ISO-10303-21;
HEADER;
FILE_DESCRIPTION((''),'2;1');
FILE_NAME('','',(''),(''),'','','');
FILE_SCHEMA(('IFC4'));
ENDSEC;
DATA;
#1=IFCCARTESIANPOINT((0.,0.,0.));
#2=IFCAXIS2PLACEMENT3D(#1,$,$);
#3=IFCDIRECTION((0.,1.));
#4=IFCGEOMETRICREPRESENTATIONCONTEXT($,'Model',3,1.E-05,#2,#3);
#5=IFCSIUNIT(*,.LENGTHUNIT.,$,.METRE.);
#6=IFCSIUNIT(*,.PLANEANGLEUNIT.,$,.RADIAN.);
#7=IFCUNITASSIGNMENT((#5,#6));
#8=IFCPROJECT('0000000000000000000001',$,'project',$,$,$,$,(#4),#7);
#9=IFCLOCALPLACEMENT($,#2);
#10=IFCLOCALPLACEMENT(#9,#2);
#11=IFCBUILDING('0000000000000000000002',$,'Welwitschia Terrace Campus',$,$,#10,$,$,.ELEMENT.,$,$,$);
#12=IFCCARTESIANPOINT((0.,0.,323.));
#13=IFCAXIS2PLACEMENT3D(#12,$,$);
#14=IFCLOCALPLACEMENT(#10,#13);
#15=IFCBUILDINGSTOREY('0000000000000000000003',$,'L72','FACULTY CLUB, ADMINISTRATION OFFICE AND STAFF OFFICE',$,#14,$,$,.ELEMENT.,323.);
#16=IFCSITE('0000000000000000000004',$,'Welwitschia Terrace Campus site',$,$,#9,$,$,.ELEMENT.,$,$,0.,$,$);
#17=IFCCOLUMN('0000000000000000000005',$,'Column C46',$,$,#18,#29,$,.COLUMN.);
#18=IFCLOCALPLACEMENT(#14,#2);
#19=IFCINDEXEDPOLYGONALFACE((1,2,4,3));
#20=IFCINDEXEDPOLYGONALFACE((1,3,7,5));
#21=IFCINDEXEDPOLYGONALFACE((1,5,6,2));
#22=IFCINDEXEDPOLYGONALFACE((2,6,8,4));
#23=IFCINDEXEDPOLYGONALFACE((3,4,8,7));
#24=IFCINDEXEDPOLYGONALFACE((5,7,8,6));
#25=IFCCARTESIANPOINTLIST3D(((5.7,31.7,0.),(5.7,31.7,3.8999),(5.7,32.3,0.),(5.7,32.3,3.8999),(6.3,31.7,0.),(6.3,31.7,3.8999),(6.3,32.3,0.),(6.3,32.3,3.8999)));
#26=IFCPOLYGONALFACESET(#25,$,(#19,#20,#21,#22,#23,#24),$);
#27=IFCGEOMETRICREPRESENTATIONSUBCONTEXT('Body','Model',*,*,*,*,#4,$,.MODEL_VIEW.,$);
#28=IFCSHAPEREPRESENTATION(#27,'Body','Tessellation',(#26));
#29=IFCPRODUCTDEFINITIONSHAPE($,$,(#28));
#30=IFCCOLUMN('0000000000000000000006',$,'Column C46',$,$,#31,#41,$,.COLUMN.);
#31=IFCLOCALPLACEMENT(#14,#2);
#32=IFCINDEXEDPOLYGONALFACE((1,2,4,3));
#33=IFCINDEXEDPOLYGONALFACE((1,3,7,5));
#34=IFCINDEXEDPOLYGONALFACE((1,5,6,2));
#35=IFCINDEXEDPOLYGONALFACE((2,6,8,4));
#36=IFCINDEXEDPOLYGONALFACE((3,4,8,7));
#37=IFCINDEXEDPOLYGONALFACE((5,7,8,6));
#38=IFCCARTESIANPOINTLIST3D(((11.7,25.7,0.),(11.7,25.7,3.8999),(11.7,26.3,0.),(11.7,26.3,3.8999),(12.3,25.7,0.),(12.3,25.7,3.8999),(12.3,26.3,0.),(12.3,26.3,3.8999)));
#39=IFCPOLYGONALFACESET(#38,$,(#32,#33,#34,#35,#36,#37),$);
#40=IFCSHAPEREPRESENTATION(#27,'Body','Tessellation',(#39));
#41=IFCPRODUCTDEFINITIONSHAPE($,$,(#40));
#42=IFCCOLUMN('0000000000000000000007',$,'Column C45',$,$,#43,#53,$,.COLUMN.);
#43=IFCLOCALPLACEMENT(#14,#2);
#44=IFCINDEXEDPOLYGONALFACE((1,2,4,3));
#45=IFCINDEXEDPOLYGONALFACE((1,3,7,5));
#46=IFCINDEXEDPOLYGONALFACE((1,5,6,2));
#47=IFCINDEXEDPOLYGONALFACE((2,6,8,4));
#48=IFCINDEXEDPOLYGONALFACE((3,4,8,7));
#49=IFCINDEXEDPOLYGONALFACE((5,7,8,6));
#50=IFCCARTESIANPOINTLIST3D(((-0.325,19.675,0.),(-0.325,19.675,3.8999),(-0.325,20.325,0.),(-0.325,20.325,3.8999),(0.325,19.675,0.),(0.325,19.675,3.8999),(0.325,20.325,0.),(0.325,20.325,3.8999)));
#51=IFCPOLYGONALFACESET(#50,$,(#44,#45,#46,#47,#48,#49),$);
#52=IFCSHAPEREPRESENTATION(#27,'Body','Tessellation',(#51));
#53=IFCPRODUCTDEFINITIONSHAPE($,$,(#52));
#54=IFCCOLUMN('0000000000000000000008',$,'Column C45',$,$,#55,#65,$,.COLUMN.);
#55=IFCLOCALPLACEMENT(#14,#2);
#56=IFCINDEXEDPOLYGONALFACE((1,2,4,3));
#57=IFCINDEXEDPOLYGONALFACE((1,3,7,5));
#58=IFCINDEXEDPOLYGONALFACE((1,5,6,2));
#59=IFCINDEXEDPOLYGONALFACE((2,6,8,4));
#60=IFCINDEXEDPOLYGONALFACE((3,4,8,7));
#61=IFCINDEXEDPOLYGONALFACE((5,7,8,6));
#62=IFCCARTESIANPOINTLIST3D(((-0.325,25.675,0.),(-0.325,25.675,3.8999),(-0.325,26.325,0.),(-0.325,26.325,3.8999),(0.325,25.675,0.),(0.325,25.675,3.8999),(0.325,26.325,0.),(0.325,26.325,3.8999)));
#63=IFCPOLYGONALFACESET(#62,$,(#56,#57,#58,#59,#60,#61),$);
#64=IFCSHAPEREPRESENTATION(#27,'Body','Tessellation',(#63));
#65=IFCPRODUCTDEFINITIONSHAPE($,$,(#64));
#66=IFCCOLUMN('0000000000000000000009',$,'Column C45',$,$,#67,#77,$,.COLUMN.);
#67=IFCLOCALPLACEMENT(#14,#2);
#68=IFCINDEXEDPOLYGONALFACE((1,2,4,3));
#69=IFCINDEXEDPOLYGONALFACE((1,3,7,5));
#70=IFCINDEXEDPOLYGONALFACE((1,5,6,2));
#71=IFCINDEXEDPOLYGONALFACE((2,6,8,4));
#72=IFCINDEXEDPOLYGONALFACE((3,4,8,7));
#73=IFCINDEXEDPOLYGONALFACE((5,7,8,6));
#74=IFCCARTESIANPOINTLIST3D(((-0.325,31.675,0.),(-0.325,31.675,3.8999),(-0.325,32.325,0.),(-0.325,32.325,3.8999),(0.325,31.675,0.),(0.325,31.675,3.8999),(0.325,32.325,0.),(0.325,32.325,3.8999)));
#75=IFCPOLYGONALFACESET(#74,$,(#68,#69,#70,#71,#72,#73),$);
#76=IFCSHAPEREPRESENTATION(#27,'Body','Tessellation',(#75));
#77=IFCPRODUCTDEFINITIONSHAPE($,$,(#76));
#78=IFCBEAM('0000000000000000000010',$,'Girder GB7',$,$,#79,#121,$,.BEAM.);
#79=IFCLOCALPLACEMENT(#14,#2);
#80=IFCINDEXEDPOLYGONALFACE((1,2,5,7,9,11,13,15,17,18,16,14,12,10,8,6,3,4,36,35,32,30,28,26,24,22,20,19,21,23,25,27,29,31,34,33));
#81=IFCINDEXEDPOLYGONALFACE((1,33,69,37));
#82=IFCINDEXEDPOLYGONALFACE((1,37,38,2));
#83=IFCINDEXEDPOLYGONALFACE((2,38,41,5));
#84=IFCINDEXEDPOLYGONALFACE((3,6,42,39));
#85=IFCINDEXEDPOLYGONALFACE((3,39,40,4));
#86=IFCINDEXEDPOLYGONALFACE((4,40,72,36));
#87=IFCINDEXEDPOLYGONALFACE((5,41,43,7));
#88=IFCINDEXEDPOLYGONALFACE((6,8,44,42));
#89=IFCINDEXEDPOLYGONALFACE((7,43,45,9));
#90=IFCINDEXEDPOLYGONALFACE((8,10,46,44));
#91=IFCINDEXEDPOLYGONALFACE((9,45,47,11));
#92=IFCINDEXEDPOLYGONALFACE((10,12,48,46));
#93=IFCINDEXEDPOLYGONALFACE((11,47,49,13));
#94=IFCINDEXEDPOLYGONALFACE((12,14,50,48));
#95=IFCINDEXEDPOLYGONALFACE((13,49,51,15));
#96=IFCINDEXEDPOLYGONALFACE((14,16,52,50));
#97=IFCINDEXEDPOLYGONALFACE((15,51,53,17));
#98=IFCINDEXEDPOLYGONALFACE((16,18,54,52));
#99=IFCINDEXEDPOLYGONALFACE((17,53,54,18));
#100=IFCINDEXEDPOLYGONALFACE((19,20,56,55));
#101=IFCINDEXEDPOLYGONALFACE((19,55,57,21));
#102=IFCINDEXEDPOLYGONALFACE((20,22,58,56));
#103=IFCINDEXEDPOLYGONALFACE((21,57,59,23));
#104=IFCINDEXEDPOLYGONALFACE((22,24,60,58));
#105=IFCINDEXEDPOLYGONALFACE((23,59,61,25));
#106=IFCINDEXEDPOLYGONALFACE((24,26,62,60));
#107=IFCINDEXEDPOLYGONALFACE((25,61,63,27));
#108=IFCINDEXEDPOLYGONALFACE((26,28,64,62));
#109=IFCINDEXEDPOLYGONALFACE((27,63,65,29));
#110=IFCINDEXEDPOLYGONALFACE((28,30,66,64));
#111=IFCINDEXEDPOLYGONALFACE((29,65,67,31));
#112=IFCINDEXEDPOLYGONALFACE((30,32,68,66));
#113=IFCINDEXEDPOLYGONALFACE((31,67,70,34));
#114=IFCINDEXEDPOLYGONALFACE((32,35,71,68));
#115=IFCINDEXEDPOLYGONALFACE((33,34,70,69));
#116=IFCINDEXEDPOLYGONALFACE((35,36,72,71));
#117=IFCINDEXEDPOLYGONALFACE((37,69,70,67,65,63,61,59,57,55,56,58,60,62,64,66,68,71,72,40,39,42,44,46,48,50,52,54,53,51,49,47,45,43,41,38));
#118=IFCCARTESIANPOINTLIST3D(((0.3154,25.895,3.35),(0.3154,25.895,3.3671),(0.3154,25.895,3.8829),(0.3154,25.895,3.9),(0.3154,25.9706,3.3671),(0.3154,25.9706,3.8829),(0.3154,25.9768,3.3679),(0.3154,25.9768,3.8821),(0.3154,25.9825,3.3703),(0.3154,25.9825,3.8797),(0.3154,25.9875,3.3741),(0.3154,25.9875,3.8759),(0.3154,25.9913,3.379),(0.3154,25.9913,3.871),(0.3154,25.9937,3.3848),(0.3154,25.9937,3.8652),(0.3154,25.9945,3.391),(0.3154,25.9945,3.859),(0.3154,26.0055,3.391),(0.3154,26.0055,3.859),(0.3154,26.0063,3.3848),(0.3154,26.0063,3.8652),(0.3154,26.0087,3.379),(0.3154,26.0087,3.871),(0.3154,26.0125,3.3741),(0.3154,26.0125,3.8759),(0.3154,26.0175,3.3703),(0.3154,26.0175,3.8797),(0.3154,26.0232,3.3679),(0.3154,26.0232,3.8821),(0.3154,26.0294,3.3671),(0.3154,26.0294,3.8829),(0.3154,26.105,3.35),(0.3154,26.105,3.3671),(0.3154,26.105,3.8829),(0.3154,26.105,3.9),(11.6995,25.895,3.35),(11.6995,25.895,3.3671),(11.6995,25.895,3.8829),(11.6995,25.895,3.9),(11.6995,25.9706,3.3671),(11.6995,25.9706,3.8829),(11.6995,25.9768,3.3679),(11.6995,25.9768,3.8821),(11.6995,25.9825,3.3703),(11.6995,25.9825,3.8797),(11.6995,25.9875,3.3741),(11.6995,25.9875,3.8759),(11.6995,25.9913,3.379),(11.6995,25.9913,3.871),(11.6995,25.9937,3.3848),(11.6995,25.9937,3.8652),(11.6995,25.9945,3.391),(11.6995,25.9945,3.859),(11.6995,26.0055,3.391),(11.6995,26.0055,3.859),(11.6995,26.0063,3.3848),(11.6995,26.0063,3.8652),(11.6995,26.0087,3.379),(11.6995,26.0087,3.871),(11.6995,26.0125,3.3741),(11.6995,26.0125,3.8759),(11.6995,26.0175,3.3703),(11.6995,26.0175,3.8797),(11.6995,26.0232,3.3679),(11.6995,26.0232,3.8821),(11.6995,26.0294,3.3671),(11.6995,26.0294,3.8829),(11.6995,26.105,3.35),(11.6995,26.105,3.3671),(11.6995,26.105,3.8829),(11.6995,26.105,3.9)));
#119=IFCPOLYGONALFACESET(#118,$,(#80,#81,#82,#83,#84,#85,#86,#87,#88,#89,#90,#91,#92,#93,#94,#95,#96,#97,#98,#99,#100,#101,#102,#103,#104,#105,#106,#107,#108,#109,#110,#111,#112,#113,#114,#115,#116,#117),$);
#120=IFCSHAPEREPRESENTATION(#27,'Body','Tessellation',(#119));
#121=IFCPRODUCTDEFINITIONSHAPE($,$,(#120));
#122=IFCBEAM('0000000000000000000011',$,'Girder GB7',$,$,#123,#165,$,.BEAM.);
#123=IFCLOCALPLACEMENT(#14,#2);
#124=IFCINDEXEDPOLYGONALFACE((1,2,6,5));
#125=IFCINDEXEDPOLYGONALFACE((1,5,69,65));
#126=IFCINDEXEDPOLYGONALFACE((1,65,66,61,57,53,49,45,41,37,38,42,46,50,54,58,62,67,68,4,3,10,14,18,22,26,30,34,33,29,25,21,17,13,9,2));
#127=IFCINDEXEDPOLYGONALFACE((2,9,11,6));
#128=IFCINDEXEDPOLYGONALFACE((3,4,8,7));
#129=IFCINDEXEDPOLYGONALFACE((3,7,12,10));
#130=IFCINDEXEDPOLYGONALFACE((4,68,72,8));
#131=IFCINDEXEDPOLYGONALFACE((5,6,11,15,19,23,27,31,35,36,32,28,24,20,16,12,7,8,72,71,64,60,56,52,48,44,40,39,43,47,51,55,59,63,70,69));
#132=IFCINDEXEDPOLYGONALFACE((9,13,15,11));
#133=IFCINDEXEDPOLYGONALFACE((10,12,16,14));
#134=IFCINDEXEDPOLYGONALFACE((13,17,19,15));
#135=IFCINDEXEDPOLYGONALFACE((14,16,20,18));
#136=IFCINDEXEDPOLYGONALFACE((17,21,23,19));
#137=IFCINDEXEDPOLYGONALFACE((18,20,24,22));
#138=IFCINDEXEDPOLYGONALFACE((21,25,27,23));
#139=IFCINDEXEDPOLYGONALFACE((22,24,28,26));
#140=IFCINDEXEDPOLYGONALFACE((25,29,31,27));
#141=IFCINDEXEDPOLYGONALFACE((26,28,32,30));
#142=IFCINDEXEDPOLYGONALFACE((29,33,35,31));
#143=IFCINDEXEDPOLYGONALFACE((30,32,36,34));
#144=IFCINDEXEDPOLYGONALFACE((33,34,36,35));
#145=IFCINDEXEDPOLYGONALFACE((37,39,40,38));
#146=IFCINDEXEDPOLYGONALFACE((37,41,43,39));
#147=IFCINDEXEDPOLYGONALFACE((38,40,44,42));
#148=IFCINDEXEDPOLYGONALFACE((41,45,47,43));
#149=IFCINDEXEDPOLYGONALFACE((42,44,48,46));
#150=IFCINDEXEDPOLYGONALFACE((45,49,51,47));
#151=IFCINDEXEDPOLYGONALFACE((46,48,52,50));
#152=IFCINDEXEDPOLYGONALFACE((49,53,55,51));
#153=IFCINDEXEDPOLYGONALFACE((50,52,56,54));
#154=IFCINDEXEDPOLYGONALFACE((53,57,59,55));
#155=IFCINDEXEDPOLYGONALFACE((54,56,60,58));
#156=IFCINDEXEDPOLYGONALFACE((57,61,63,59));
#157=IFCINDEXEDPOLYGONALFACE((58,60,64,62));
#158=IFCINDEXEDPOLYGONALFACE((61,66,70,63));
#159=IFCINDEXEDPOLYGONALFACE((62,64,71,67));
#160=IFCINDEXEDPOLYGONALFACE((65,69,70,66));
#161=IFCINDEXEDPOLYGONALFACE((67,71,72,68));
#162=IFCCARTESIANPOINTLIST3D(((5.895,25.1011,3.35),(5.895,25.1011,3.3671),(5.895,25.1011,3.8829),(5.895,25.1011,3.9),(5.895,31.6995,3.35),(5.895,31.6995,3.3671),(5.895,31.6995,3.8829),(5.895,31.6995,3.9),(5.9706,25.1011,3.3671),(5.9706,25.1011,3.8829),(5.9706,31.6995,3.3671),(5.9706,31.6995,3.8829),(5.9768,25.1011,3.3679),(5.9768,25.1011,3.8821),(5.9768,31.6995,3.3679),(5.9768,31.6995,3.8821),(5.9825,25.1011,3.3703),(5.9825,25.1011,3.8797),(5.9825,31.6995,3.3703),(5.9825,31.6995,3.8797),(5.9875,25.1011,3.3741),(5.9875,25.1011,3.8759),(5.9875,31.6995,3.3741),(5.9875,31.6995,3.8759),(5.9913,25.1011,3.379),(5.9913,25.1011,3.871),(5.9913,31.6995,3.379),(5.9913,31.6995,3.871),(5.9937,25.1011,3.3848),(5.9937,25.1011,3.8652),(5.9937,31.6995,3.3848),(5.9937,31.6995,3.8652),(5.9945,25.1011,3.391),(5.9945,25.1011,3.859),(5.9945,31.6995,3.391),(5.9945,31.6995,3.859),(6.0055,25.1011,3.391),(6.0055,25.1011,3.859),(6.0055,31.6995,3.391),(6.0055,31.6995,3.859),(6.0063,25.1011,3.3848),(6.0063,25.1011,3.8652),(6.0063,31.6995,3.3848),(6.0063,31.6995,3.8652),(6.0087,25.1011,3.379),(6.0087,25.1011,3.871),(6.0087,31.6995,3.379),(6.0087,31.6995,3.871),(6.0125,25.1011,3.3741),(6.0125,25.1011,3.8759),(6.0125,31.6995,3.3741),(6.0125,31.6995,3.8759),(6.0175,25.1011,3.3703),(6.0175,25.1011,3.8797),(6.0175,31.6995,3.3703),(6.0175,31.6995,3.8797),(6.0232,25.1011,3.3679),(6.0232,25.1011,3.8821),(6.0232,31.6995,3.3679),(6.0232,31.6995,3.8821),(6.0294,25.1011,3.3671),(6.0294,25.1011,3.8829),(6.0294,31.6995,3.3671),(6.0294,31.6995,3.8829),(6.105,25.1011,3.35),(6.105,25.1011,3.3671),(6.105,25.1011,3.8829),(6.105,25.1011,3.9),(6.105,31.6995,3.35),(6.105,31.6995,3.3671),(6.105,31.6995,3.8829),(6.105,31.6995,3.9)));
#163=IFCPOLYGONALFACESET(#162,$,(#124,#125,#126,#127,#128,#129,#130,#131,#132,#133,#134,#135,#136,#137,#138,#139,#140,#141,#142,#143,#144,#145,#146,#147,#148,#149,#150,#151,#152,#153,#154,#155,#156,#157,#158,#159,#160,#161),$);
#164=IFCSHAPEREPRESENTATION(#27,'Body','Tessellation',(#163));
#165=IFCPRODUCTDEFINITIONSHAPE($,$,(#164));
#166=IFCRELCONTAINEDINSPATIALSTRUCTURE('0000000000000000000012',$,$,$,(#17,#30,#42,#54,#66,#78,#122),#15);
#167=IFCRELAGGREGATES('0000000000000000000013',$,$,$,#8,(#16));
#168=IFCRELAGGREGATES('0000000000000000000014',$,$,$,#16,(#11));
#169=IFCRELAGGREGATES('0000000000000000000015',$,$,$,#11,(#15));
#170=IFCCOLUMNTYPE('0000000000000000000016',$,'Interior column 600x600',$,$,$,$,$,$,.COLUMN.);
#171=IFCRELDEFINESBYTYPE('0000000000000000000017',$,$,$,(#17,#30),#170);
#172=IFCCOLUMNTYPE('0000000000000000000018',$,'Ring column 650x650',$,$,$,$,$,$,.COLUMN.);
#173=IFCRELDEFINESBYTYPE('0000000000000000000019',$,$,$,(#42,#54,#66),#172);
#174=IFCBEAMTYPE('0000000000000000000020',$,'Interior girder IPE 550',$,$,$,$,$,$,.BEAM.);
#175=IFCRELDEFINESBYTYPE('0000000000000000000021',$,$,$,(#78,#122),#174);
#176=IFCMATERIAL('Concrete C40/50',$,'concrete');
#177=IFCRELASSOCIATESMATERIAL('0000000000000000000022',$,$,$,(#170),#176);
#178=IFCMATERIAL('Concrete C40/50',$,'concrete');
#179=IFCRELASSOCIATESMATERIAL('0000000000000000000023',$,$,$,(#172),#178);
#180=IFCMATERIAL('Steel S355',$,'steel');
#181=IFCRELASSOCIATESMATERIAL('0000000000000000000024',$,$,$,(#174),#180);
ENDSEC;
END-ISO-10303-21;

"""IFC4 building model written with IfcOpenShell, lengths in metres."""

from ifc_helpers import new_model, si_unit, direction, frame, origin, origin_2d, place, context, subcontext, project, spatial, rectangle, i_section, extrude, material, material_profile, profile_set, type_object, element, save


model = new_model("IFC4")

# Units and contexts
model_context = context("Model", 3, precision=1e-05, world=origin(), true_north=direction((0.0, 1.0)))
body_context = subcontext(model_context, "Body", "Model", "MODEL_VIEW")
ifc_project = project(units=[si_unit("LENGTHUNIT", "METRE"), si_unit("PLANEANGLEUNIT", "RADIAN")], contexts=[model_context])

# Site, building, storey
site_placement = place(None, origin())
site = spatial("IfcSite", under=ifc_project, at=site_placement, Name="Welwitschia Terrace Campus site", CompositionType="ELEMENT", RefElevation=0.0)
building_placement = place(site_placement, origin())
building = spatial("IfcBuilding", under=site, at=building_placement, Name="Welwitschia Terrace Campus", CompositionType="ELEMENT")
storey_placement = place(building_placement, frame((0.0, 0.0, 323.0)))
storey = spatial("IfcBuildingStorey", under=building, at=storey_placement, Name="L72", Description="FACULTY CLUB, ADMINISTRATION OFFICE AND STAFF OFFICE", CompositionType="ELEMENT", Elevation=323.0)

# Columns
ifc_material_1 = material(Name="Concrete C40/50", Category="concrete")
ifc_material_profile_1 = material_profile(ifc_material_1, rectangle(XDim=0.6001, YDim=0.6001, at=origin_2d()))
ifc_profile_set_1 = profile_set([ifc_material_profile_1], Name="Concrete C40/50")
column_type_1 = type_object("IfcColumnType", Name="Interior column 600x600", PredefinedType="COLUMN", material=ifc_profile_set_1)
for number, where, z_axis, x_axis, name in (
    (1, (6.0, 32.0, 0.0), (0.0, 0.0, 1.0), (1.0, 0.0, 0.0), "Column C46"),
    (2, (12.0, 26.0, 0.0), (0.0, 0.0, 1.0), (1.0, 0.0, 0.0), "Column C46"),
):
    element("IfcColumn", number, at=place(storey_placement, frame(where, z_axis=z_axis, x_axis=x_axis)), inside=storey, type_object=column_type_1, Name=name, PredefinedType="COLUMN", context=body_context, shape_type="SweptSolid", body=[
        extrude(rectangle(XDim=0.6001, YDim=0.6001, at=origin_2d()), origin(), (0.0, 0.0, 1.0), 3.8999),
    ])
ifc_material_2 = material(Name="Concrete C40/50", Category="concrete")
ifc_material_profile_2 = material_profile(ifc_material_2, rectangle(XDim=0.6499, YDim=0.6499, at=origin_2d()))
ifc_profile_set_2 = profile_set([ifc_material_profile_2], Name="Concrete C40/50")
column_type_2 = type_object("IfcColumnType", Name="Ring column 650x650", PredefinedType="COLUMN", material=ifc_profile_set_2)
for number, where, z_axis, x_axis, name in (
    (3, (0.0, 20.0, 0.0), (0.0, 0.0, 1.0), (1.0, 0.0, 0.0), "Column C45"),
    (4, (0.0, 26.0, 0.0), (0.0, 0.0, 1.0), (1.0, 0.0, 0.0), "Column C45"),
    (5, (0.0, 32.0, 0.0), (0.0, 0.0, 1.0), (1.0, 0.0, 0.0), "Column C45"),
):
    element("IfcColumn", number, at=place(storey_placement, frame(where, z_axis=z_axis, x_axis=x_axis)), inside=storey, type_object=column_type_2, Name=name, PredefinedType="COLUMN", context=body_context, shape_type="SweptSolid", body=[
        extrude(rectangle(XDim=0.6499, YDim=0.6499, at=origin_2d()), origin(), (0.0, 0.0, 1.0), 3.8999),
    ])

# Beams
ifc_material_3 = material(Name="Steel S355", Category="steel")
ifc_material_profile_3 = material_profile(ifc_material_3, i_section(OverallWidth=0.21, OverallDepth=0.55, WebThickness=0.011, FlangeThickness=0.0171, FilletRadius=0.0239, at=origin_2d()))
ifc_profile_set_3 = profile_set([ifc_material_profile_3], Name="Steel S355")
beam_type_1 = type_object("IfcBeamType", Name="Interior girder IPE 550", PredefinedType="BEAM", material=ifc_profile_set_3)
beam_1_placement = place(storey_placement, frame((0.3154, 26.0, 3.625), z_axis=(1.0, 0.0, 0.0), x_axis=(0.0, 1.0, 0.0)))
element("IfcBeam", 6, at=beam_1_placement, inside=storey, type_object=beam_type_1, Name="Girder GB7", PredefinedType="BEAM", context=body_context, shape_type="SweptSolid", body=[
    extrude(i_section(OverallWidth=0.21, OverallDepth=0.55, WebThickness=0.011, FlangeThickness=0.0171, FilletRadius=0.0239, at=origin_2d()), origin(), (0.0, 0.0, 1.0), 11.384),
])
beam_2_placement = place(storey_placement, frame((6.0, 25.1011, 3.625), z_axis=(0.0, 1.0, 0.0), x_axis=(-1.0, 0.0, 0.0)))
element("IfcBeam", 7, at=beam_2_placement, inside=storey, type_object=beam_type_1, Name="Girder GB7", PredefinedType="BEAM", context=body_context, shape_type="SweptSolid", body=[
    extrude(i_section(OverallWidth=0.21, OverallDepth=0.55, WebThickness=0.011, FlangeThickness=0.0171, FilletRadius=0.0239, at=origin_2d()), origin(), (0.0, 0.0, 1.0), 6.5984),
])

save(model, "model.ifc")
